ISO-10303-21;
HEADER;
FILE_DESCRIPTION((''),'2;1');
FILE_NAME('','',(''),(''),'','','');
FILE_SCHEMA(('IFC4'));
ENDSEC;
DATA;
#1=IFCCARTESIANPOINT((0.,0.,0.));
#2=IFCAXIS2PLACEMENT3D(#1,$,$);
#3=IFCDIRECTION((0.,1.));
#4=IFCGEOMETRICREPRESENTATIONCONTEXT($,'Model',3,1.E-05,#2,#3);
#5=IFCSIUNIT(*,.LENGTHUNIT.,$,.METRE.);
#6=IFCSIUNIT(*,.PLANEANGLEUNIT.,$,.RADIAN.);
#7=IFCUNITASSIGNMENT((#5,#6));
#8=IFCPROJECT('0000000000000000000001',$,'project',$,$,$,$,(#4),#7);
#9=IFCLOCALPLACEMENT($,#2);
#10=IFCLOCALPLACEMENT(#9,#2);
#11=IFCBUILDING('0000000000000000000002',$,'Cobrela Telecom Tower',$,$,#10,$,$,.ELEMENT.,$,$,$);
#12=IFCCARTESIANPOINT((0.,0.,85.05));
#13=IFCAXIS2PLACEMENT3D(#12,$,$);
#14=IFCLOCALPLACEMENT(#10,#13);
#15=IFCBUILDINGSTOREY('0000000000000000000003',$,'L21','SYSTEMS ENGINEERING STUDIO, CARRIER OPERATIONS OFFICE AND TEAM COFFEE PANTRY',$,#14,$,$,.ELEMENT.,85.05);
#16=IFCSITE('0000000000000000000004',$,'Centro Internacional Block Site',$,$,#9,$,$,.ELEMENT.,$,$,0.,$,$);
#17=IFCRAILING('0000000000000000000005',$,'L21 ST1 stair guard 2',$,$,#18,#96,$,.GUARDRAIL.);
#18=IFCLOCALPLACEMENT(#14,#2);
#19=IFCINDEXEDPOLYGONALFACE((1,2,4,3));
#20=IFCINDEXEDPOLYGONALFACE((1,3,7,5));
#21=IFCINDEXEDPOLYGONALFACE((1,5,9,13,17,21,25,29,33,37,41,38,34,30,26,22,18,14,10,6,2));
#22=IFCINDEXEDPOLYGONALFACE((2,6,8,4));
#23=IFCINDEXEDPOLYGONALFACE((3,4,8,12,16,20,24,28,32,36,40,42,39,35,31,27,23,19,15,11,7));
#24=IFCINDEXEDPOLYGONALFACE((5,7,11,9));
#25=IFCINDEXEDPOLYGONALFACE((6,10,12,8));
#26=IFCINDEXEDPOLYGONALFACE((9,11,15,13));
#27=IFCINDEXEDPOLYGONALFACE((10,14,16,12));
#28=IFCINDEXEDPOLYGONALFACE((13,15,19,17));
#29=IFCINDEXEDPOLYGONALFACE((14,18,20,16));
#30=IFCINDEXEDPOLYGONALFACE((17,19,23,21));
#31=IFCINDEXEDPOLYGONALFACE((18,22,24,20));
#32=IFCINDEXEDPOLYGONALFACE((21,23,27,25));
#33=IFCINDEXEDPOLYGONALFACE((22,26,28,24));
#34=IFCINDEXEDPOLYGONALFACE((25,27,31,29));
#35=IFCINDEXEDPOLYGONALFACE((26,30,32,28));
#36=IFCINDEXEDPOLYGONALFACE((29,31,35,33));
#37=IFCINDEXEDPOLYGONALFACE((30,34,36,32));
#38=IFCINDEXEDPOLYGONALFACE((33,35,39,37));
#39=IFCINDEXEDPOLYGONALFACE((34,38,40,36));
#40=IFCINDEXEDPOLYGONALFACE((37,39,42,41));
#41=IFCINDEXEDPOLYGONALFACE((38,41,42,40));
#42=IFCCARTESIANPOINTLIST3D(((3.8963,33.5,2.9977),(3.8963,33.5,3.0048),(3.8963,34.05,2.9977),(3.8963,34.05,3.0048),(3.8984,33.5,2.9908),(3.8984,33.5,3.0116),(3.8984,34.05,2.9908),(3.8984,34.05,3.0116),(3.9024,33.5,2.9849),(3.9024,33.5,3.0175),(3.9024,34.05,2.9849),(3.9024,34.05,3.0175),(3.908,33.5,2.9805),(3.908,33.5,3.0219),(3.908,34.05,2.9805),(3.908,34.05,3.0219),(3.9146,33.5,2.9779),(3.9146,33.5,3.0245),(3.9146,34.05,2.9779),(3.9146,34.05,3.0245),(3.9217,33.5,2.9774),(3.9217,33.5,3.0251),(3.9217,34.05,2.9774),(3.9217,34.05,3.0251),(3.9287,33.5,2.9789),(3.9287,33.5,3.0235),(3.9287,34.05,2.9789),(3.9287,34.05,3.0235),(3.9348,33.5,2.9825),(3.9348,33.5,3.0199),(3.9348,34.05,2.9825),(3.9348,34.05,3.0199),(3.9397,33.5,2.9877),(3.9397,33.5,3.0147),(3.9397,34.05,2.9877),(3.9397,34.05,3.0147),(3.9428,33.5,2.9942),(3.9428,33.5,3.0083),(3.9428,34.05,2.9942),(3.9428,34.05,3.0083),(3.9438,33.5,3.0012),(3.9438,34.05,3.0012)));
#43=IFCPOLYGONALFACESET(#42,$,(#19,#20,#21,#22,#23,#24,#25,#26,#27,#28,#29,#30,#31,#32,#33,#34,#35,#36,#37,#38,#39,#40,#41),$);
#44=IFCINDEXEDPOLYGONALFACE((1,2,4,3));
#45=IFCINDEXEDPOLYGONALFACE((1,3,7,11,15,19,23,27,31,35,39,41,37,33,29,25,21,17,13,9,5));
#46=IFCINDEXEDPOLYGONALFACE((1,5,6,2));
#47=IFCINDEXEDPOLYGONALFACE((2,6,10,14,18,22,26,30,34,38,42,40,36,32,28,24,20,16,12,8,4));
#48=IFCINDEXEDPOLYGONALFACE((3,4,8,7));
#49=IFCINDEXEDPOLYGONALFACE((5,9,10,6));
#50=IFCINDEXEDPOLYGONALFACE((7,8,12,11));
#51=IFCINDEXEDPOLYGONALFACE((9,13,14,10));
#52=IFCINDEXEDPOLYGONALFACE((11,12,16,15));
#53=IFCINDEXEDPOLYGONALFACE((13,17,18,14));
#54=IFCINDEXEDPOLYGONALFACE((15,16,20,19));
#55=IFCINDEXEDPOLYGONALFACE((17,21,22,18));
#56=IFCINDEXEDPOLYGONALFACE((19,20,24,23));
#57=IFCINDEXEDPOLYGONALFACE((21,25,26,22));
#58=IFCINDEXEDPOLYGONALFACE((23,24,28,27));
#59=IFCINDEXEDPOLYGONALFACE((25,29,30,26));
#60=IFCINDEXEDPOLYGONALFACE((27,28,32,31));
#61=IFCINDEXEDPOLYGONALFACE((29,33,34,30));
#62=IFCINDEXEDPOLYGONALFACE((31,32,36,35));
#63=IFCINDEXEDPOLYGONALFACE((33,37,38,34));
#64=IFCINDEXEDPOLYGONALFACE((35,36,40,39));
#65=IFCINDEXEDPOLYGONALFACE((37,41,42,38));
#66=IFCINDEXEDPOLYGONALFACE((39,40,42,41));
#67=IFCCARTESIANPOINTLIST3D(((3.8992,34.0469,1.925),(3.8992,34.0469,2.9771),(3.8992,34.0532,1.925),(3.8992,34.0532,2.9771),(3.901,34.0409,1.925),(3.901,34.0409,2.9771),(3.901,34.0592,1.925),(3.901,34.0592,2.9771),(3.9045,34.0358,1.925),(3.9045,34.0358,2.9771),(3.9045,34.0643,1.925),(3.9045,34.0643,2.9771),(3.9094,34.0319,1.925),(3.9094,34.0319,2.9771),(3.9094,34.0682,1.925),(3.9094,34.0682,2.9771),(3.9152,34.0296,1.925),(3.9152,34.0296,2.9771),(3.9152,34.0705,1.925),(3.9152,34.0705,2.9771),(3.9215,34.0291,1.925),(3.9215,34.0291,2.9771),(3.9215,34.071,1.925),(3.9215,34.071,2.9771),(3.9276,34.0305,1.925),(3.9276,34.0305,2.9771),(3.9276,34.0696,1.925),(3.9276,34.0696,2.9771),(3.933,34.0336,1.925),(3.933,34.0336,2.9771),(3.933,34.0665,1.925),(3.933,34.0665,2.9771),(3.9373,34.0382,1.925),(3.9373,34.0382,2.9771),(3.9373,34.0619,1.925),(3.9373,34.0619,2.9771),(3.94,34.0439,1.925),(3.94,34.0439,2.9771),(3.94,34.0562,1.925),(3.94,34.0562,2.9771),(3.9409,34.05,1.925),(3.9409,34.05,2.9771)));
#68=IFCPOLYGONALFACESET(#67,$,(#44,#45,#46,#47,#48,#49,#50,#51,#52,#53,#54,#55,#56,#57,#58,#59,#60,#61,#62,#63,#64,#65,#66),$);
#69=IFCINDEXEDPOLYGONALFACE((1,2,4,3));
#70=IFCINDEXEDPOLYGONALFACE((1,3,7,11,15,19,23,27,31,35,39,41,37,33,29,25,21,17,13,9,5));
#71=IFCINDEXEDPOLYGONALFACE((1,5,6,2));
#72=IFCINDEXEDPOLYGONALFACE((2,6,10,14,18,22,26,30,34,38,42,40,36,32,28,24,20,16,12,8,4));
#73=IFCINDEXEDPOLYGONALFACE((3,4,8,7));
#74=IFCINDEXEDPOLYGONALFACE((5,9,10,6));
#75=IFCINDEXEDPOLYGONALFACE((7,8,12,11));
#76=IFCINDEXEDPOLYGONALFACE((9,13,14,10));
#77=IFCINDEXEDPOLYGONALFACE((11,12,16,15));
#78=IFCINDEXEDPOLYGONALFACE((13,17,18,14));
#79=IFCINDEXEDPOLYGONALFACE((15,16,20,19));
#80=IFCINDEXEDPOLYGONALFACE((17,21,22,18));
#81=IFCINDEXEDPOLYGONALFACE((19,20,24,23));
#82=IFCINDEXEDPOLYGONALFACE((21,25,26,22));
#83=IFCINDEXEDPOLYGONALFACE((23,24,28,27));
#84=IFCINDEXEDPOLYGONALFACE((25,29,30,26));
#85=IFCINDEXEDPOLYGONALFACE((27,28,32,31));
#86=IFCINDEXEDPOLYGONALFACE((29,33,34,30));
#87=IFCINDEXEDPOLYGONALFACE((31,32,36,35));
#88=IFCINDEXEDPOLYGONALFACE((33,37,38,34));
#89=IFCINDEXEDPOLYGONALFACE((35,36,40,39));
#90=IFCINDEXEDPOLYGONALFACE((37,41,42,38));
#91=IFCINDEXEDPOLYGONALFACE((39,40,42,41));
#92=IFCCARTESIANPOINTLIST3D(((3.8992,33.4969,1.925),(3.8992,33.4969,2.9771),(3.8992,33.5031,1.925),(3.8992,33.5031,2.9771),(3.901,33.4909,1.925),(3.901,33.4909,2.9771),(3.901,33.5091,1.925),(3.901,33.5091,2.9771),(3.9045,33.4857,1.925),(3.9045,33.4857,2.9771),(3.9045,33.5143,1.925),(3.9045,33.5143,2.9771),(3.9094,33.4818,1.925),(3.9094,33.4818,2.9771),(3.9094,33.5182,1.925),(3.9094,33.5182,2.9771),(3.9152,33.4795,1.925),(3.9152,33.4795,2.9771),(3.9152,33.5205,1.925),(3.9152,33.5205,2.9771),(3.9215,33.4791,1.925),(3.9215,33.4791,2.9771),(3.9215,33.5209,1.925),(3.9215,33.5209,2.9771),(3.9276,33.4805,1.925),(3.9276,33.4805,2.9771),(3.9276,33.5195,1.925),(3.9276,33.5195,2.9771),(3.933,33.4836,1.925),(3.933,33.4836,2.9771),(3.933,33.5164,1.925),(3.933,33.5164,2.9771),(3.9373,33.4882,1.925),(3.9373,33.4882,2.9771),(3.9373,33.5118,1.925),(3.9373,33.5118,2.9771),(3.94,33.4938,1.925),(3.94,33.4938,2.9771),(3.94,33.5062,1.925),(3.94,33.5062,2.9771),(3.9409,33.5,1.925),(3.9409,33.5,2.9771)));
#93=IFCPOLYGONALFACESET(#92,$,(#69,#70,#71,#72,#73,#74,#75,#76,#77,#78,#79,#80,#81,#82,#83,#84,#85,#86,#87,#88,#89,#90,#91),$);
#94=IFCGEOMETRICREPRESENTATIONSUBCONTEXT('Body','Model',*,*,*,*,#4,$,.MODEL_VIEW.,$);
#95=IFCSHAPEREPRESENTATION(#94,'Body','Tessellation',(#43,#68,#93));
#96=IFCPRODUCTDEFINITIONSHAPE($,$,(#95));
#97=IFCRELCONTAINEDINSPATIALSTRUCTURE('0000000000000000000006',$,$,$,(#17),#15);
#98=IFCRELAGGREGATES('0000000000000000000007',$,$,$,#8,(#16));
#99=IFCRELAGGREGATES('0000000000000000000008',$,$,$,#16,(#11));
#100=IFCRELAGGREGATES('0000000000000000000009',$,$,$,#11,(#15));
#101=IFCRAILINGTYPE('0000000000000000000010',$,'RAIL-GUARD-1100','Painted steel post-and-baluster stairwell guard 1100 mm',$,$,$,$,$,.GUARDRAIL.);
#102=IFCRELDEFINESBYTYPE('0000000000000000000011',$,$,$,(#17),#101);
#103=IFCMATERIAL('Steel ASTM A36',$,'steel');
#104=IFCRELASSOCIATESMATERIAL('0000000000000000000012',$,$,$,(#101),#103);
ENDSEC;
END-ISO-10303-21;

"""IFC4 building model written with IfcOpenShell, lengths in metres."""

from ifc_helpers import new_model, si_unit, direction, frame, origin, origin_2d, place, context, subcontext, project, spatial, circle, extrude, material, type_object, element, save


model = new_model("IFC4")

# Units and contexts
model_context = context("Model", 3, precision=1e-05, world=origin(), true_north=direction((0.0, 1.0)))
body_context = subcontext(model_context, "Body", "Model", "MODEL_VIEW")
ifc_project = project(units=[si_unit("LENGTHUNIT", "METRE"), si_unit("PLANEANGLEUNIT", "RADIAN")], contexts=[model_context])

# Site, building, storey
site_placement = place(None, origin())
site = spatial("IfcSite", under=ifc_project, at=site_placement, Name="Centro Internacional Block Site", CompositionType="ELEMENT", RefElevation=0.0)
building_placement = place(site_placement, origin())
building = spatial("IfcBuilding", under=site, at=building_placement, Name="Cobrela Telecom Tower", CompositionType="ELEMENT")
storey_placement = place(building_placement, frame((0.0, 0.0, 85.05)))
storey = spatial("IfcBuildingStorey", under=building, at=storey_placement, Name="L21", Description="SYSTEMS ENGINEERING STUDIO, CARRIER OPERATIONS OFFICE AND TEAM COFFEE PANTRY", CompositionType="ELEMENT", Elevation=85.05)

# Shared definitions
ifc_material_1 = material(Name="Steel ASTM A36", Category="steel")

# Railing
railing_type_1 = type_object("IfcRailingType", Name="RAIL-GUARD-1100", Description="Painted steel post-and-baluster stairwell guard 1100 mm", PredefinedType="GUARDRAIL", material=ifc_material_1)
railing_1_placement = place(storey_placement, frame((3.9199, 34.05, 1.925)))
element("IfcRailing", 1, at=railing_1_placement, inside=storey, type_object=railing_type_1, Name="L21 ST1 stair guard 2", PredefinedType="GUARDRAIL", context=body_context, shape_type="SweptSolid", body=[
    extrude(circle(Radius=0.0239, at=origin_2d()), frame((0.0, 0.0, 1.0762), z_axis=(0.0, -1.0, 0.0), x_axis=(1.0, 0.0, 0.0)), (0.0, 0.0, 1.0), 0.55),
    extrude(circle(Radius=0.021, at=origin_2d()), origin(), (0.0, 0.0, 1.0), 1.052),
    extrude(circle(Radius=0.021, at=origin_2d()), frame((0.0, -0.55, 0.0)), (0.0, 0.0, 1.0), 1.052),
])

save(model, "model.ifc")
